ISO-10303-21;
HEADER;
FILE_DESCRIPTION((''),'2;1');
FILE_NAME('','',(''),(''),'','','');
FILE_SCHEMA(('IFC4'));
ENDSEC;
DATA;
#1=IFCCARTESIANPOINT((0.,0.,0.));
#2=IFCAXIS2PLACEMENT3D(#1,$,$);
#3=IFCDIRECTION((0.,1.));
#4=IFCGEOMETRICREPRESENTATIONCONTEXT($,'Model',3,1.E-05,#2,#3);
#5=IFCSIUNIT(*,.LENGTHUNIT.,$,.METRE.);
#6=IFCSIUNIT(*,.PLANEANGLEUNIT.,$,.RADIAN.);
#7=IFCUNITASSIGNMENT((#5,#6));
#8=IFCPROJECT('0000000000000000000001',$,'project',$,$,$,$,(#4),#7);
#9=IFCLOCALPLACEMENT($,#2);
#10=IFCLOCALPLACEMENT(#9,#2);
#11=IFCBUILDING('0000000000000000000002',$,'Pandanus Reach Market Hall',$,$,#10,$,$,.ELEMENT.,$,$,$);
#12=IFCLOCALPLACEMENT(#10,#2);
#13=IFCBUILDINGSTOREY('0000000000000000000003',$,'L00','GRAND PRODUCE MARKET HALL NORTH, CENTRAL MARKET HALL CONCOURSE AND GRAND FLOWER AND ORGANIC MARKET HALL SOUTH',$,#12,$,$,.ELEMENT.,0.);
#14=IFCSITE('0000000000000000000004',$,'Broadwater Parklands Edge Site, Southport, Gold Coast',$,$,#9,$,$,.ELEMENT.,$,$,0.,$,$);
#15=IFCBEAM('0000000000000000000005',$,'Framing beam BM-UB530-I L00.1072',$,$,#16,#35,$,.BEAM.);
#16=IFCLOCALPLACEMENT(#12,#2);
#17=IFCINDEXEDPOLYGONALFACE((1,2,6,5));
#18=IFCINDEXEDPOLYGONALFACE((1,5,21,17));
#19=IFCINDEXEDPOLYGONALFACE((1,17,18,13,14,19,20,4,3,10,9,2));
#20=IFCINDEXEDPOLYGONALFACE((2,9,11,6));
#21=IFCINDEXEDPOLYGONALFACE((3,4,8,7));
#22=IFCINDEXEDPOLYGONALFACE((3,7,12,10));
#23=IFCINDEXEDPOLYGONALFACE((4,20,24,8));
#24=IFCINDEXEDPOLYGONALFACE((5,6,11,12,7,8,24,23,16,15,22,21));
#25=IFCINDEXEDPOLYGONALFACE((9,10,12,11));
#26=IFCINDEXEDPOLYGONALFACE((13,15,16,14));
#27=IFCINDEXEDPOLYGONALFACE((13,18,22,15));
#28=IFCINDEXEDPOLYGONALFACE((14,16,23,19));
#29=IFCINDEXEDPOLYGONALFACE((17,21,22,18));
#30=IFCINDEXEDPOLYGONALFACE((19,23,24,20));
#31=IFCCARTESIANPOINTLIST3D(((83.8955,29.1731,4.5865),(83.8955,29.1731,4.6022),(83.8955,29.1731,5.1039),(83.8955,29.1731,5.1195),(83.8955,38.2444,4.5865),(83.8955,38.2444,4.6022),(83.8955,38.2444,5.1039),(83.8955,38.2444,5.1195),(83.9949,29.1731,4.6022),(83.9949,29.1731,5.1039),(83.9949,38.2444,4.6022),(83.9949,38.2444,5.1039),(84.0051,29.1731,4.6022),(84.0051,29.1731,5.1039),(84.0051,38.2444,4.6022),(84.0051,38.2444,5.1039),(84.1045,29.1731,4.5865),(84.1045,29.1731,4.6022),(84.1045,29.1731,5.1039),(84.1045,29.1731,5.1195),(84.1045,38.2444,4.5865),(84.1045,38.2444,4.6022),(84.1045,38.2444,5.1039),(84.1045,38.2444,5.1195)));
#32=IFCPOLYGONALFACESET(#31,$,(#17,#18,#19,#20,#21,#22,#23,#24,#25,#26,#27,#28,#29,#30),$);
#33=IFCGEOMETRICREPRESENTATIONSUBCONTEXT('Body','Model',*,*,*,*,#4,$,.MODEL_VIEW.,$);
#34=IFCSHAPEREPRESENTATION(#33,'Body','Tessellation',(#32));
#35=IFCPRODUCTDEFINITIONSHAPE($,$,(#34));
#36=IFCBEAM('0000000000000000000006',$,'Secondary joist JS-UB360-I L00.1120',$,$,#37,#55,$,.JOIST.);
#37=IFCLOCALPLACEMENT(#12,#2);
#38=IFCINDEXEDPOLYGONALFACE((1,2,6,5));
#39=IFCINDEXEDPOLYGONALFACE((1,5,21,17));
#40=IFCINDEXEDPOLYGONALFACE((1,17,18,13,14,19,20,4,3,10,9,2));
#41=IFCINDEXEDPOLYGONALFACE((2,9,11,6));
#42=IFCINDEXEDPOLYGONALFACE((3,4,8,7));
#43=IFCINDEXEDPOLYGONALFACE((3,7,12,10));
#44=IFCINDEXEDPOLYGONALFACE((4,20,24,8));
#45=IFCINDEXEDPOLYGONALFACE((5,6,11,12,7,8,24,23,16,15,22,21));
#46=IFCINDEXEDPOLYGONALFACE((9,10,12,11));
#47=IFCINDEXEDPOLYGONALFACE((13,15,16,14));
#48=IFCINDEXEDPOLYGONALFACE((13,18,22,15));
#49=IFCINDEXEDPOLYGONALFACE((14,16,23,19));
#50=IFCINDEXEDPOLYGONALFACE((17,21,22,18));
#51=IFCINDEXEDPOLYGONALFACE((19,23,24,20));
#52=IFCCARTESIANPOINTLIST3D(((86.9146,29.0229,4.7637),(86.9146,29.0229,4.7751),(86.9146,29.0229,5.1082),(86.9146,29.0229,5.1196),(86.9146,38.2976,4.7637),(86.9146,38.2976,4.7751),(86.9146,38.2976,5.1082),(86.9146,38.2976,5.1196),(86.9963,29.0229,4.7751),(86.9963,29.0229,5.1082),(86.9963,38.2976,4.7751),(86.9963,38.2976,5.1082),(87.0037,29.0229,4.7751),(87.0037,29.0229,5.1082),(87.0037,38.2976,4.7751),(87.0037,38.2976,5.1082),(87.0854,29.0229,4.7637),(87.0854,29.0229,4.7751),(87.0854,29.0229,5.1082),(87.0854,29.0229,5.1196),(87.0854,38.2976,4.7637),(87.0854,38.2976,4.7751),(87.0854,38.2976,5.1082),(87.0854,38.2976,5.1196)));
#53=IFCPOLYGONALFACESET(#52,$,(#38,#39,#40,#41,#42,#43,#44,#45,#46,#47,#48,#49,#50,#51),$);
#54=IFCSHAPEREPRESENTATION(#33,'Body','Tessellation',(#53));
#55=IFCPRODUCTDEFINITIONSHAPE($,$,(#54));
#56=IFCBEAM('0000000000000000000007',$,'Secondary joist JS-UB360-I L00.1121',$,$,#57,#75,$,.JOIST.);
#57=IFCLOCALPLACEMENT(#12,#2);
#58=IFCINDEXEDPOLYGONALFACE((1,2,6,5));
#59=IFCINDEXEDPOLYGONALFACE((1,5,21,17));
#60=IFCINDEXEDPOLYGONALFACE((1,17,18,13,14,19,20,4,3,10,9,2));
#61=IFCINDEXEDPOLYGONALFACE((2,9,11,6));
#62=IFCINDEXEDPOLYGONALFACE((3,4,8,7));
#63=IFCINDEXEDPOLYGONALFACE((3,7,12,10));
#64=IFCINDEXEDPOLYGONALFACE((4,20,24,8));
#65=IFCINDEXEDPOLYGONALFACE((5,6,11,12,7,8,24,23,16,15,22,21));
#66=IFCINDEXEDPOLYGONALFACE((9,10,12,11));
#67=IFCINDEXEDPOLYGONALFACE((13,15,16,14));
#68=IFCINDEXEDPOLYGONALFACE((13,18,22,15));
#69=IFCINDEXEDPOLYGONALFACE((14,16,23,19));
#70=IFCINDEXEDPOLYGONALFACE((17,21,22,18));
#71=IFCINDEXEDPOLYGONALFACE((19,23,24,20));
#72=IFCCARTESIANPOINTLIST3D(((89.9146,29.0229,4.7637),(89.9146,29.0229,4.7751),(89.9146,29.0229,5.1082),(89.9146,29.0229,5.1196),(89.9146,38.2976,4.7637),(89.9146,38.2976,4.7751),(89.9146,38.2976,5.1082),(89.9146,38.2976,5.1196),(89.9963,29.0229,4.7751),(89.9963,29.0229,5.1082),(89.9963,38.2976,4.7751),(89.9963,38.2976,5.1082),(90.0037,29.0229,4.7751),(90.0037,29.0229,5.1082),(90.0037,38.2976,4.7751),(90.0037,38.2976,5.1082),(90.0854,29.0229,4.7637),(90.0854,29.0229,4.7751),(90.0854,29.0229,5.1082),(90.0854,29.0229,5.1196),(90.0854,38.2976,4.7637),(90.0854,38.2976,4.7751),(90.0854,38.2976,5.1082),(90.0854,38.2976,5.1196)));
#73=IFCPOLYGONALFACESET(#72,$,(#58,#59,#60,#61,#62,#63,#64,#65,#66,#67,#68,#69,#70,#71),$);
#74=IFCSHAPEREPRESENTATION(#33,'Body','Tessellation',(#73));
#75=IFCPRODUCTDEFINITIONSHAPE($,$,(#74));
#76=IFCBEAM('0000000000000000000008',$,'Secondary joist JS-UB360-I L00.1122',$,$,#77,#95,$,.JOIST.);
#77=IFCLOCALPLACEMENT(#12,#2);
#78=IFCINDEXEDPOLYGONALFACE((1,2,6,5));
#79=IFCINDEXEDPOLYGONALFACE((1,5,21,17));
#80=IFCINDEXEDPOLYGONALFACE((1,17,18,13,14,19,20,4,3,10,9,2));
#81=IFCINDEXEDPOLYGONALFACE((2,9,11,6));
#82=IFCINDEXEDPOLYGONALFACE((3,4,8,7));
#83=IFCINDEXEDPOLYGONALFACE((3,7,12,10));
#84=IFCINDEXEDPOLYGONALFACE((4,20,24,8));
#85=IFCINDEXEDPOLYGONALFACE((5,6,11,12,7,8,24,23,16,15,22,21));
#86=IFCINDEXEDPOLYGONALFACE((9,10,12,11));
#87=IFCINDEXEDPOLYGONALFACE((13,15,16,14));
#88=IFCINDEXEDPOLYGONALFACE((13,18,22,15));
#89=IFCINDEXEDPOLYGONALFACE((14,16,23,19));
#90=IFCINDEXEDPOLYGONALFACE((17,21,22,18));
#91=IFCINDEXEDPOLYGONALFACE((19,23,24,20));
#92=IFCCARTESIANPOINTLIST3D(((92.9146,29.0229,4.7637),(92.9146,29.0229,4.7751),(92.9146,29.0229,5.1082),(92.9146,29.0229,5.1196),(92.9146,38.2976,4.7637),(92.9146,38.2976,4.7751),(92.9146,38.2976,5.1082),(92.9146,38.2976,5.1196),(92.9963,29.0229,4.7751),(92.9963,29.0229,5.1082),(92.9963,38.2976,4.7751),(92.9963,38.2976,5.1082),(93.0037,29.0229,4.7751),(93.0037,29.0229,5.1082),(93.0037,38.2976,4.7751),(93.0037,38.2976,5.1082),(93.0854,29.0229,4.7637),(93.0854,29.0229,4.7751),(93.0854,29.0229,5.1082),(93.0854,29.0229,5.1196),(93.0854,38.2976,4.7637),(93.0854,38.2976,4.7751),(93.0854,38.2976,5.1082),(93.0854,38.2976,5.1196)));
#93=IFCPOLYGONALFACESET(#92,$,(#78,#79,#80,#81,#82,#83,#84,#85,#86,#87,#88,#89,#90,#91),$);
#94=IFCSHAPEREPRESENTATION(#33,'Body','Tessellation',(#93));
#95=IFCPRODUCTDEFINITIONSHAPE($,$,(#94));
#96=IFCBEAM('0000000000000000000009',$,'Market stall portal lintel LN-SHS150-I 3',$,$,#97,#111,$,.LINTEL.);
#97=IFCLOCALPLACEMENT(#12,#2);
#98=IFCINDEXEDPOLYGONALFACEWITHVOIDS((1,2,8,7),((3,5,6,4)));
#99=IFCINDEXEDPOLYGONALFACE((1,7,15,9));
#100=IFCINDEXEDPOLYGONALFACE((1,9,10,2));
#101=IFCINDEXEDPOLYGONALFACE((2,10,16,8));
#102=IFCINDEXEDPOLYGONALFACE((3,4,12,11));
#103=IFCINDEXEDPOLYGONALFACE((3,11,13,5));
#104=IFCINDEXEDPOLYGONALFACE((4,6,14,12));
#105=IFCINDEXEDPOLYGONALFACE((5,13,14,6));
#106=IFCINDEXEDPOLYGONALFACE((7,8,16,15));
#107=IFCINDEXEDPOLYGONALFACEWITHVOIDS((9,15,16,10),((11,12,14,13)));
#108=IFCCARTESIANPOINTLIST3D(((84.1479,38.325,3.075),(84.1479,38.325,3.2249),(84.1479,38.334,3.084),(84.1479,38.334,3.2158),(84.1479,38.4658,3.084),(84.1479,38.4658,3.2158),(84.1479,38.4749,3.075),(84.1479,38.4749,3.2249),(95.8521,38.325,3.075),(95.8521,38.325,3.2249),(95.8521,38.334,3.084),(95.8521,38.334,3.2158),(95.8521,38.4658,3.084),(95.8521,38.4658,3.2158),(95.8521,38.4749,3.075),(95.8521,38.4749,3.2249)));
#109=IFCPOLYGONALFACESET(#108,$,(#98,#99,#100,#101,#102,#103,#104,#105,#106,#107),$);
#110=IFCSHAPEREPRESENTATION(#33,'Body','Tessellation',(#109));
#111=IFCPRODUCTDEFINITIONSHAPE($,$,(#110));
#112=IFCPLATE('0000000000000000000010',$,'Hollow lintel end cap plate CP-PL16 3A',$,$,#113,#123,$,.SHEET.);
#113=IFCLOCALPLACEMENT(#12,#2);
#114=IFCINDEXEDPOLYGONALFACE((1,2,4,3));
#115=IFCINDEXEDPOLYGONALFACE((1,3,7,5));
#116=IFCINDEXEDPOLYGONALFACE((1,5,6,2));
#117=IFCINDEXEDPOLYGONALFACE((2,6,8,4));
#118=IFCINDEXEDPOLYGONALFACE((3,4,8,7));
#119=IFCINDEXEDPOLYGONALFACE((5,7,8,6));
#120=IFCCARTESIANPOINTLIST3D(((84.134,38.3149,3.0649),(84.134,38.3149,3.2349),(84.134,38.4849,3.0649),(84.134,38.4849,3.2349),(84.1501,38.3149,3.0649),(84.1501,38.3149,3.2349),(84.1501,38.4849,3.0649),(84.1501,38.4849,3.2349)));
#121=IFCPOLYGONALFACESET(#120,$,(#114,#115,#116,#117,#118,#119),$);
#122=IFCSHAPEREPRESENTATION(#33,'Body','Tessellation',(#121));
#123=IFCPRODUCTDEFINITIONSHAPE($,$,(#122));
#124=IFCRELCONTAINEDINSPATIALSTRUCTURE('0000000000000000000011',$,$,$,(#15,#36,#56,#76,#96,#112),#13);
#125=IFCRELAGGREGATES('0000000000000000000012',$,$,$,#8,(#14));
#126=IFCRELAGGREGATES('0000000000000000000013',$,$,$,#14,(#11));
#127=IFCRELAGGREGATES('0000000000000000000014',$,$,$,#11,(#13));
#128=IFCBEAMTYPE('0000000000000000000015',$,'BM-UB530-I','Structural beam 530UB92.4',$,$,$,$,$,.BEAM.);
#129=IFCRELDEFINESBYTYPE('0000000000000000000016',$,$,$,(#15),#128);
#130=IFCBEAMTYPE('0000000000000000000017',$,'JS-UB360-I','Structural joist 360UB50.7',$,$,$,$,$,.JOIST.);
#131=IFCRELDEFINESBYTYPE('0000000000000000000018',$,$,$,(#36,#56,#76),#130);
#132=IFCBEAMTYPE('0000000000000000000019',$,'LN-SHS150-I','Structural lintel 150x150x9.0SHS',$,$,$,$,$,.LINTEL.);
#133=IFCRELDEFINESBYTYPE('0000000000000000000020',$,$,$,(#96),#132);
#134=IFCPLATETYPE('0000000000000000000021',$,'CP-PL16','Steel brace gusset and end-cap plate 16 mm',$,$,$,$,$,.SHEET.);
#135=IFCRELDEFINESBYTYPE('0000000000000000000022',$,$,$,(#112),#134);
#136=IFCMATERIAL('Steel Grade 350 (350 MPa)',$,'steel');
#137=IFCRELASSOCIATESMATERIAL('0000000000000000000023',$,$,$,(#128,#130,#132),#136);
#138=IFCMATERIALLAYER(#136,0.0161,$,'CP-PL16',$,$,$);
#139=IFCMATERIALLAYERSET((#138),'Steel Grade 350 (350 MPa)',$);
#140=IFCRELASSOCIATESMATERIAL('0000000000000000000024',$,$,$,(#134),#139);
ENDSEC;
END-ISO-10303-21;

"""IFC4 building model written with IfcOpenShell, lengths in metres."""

from ifc_helpers import new_model, si_unit, direction, frame, origin, origin_2d, place, context, subcontext, project, spatial, rectangle, hollow_rectangle, i_section, extrude, material, layer, layer_set, material_profile, profile_set, type_object, element, save


model = new_model("IFC4")

# Units and contexts
model_context = context("Model", 3, precision=1e-05, world=origin(), true_north=direction((0.0, 1.0)))
body_context = subcontext(model_context, "Body", "Model", "MODEL_VIEW")
ifc_project = project(units=[si_unit("LENGTHUNIT", "METRE"), si_unit("PLANEANGLEUNIT", "RADIAN")], contexts=[model_context])

# Site, building, storey
site_placement = place(None, origin())
site = spatial("IfcSite", under=ifc_project, at=site_placement, Name="Broadwater Parklands Edge Site, Southport, Gold Coast", CompositionType="ELEMENT", RefElevation=0.0)
building_placement = place(site_placement, origin())
building = spatial("IfcBuilding", under=site, at=building_placement, Name="Pandanus Reach Market Hall", CompositionType="ELEMENT")
storey_placement = place(building_placement, origin())
storey = spatial("IfcBuildingStorey", under=building, at=storey_placement, Name="L00", Description="GRAND PRODUCE MARKET HALL NORTH, CENTRAL MARKET HALL CONCOURSE AND GRAND FLOWER AND ORGANIC MARKET HALL SOUTH", CompositionType="ELEMENT", Elevation=0.0)

# Shared definitions
ifc_material_1 = material(Name="Steel Grade 350 (350 MPa)", Category="steel")

# Beams
ifc_material_profile_1 = material_profile(ifc_material_1, i_section(OverallWidth=0.209, OverallDepth=0.533, WebThickness=0.0103, FlangeThickness=0.0156, at=origin_2d()), Name="530UB92.4", Category="LoadBearing")
ifc_profile_set_1 = profile_set([ifc_material_profile_1], Name="Steel Grade 350 (350 MPa)")
beam_type_1 = type_object("IfcBeamType", Name="BM-UB530-I", Description="Structural beam 530UB92.4", PredefinedType="BEAM", material=ifc_profile_set_1)
beam_1_placement = place(storey_placement, frame((84.0, 29.1731, 4.853), z_axis=(0.0, 1.0, 0.0), x_axis=(-1.0, 0.0, 0.0)))
element("IfcBeam", 1, at=beam_1_placement, inside=storey, type_object=beam_type_1, Name="Framing beam BM-UB530-I L00.1072", PredefinedType="BEAM", context=body_context, shape_type="SweptSolid", body=[
    extrude(i_section(OverallWidth=0.209, OverallDepth=0.533, WebThickness=0.0103, FlangeThickness=0.0156, at=origin_2d()), origin(), (0.0, 0.0, 1.0), 9.0713),
])
ifc_material_profile_2 = material_profile(ifc_material_1, i_section(OverallWidth=0.1709, OverallDepth=0.356, WebThickness=0.0073, FlangeThickness=0.0115, at=origin_2d()), Name="360UB50.7", Category="LoadBearing")
ifc_profile_set_2 = profile_set([ifc_material_profile_2], Name="Steel Grade 350 (350 MPa)")
beam_type_2 = type_object("IfcBeamType", Name="JS-UB360-I", Description="Structural joist 360UB50.7", PredefinedType="JOIST", material=ifc_profile_set_2)
for number, where, z_axis, x_axis, name in (
    (2, (87.0, 29.0229, 4.9417), (0.0, 1.0, 0.0), (-1.0, 0.0, 0.0), "Secondary joist JS-UB360-I L00.1120"),
    (3, (90.0, 29.0229, 4.9417), (0.0, 1.0, 0.0), (-1.0, 0.0, 0.0), "Secondary joist JS-UB360-I L00.1121"),
    (4, (93.0, 29.0229, 4.9417), (0.0, 1.0, 0.0), (-1.0, 0.0, 0.0), "Secondary joist JS-UB360-I L00.1122"),
):
    element("IfcBeam", number, at=place(storey_placement, frame(where, z_axis=z_axis, x_axis=x_axis)), inside=storey, type_object=beam_type_2, Name=name, PredefinedType="JOIST", context=body_context, shape_type="SweptSolid", body=[
        extrude(i_section(OverallWidth=0.1709, OverallDepth=0.356, WebThickness=0.0073, FlangeThickness=0.0115, at=origin_2d()), origin(), (0.0, 0.0, 1.0), 9.2747),
    ])
ifc_material_profile_3 = material_profile(ifc_material_1, hollow_rectangle(XDim=0.1499, YDim=0.1499, WallThickness=0.009, at=origin_2d()), Name="150x150x9.0SHS", Category="LoadBearing")
ifc_profile_set_3 = profile_set([ifc_material_profile_3], Name="Steel Grade 350 (350 MPa)")
beam_type_3 = type_object("IfcBeamType", Name="LN-SHS150-I", Description="Structural lintel 150x150x9.0SHS", PredefinedType="LINTEL", material=ifc_profile_set_3)
beam_2_placement = place(storey_placement, frame((84.1479, 38.3999, 3.1499), z_axis=(1.0, 0.0, 0.0), x_axis=(0.0, 1.0, 0.0)))
element("IfcBeam", 5, at=beam_2_placement, inside=storey, type_object=beam_type_3, Name="Market stall portal lintel LN-SHS150-I 3", PredefinedType="LINTEL", context=body_context, shape_type="SweptSolid", body=[
    extrude(hollow_rectangle(XDim=0.1499, YDim=0.1499, WallThickness=0.009, at=origin_2d()), origin(), (0.0, 0.0, 1.0), 11.7041),
])

# Plate
ifc_layer_1 = layer(ifc_material_1, 0.0161, Name="CP-PL16")
ifc_layer_set_1 = layer_set([ifc_layer_1], Name="Steel Grade 350 (350 MPa)")
plate_type = type_object("IfcPlateType", Name="CP-PL16", Description="Steel brace gusset and end-cap plate 16 mm", PredefinedType="SHEET", material=ifc_layer_set_1)
plate_placement = place(storey_placement, frame((84.1421, 38.3999, 3.0649), z_axis=(0.0, 0.0, 1.0), x_axis=(1.0, 0.0, 0.0)))
element("IfcPlate", 6, at=plate_placement, inside=storey, type_object=plate_type, Name="Hollow lintel end cap plate CP-PL16 3A", PredefinedType="SHEET", context=body_context, shape_type="SweptSolid", body=[
    extrude(rectangle(XDim=0.0161, YDim=0.1699, at=origin_2d()), origin(), (0.0, 0.0, 1.0), 0.1699),
])

save(model, "model.ifc")
